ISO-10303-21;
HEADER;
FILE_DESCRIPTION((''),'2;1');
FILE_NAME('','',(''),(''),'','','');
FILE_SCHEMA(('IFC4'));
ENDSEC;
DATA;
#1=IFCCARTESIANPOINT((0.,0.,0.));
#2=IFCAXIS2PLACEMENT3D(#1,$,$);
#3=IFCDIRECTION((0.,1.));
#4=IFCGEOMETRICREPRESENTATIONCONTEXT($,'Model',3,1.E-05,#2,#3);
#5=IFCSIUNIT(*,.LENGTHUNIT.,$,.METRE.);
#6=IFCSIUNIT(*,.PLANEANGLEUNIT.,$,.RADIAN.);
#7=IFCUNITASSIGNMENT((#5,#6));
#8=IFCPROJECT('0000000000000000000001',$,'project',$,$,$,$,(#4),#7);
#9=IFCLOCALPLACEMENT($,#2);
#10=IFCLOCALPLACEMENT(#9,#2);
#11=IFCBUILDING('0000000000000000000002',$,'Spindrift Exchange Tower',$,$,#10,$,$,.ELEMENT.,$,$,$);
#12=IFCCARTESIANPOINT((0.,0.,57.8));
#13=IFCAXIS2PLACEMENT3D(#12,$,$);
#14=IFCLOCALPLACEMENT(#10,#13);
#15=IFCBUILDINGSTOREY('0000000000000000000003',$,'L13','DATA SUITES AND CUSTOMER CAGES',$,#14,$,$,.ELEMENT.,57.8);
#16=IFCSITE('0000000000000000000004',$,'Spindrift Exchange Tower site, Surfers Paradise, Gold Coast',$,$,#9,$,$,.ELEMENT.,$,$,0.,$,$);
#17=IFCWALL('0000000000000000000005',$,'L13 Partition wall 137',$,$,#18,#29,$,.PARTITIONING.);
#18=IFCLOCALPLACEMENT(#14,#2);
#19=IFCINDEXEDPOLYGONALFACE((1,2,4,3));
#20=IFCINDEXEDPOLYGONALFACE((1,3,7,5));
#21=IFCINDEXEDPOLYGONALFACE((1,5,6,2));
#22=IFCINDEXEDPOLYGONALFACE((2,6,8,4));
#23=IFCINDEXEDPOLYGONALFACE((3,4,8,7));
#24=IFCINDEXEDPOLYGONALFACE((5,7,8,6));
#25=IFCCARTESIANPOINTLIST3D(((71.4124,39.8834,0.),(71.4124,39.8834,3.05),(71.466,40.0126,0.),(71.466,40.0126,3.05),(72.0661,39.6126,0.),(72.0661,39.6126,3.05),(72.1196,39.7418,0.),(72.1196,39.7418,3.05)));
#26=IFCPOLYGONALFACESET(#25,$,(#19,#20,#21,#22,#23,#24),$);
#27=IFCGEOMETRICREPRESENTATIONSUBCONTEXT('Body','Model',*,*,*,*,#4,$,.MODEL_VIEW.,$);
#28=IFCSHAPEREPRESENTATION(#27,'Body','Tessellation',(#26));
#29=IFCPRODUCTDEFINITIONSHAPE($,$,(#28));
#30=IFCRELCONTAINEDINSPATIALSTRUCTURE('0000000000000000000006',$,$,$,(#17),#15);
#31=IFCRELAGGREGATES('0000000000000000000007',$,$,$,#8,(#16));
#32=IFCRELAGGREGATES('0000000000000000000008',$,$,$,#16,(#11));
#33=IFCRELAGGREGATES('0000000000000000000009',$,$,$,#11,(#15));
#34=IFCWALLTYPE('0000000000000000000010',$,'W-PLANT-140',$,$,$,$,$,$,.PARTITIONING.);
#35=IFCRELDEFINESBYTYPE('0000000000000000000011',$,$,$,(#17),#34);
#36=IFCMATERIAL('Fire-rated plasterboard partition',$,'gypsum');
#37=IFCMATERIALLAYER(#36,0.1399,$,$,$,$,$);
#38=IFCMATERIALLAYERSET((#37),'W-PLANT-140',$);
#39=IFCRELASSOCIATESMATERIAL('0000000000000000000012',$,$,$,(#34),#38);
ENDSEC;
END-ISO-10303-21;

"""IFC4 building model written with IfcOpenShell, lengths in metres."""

from ifc_helpers import new_model, si_unit, direction, frame, frame_2d, origin, place, context, subcontext, project, spatial, rectangle, extrude, material, layer, layer_set, type_object, element, save


model = new_model("IFC4")

# Units and contexts
model_context = context("Model", 3, precision=1e-05, world=origin(), true_north=direction((0.0, 1.0)))
body_context = subcontext(model_context, "Body", "Model", "MODEL_VIEW")
ifc_project = project(units=[si_unit("LENGTHUNIT", "METRE"), si_unit("PLANEANGLEUNIT", "RADIAN")], contexts=[model_context])

# Site, building, storey
site_placement = place(None, origin())
site = spatial("IfcSite", under=ifc_project, at=site_placement, Name="Spindrift Exchange Tower site, Surfers Paradise, Gold Coast", CompositionType="ELEMENT", RefElevation=0.0)
building_placement = place(site_placement, origin())
building = spatial("IfcBuilding", under=site, at=building_placement, Name="Spindrift Exchange Tower", CompositionType="ELEMENT")
storey_placement = place(building_placement, frame((0.0, 0.0, 57.8)))
storey = spatial("IfcBuildingStorey", under=building, at=storey_placement, Name="L13", Description="DATA SUITES AND CUSTOMER CAGES", CompositionType="ELEMENT", Elevation=57.8)

# Shared definitions
ifc_material_1 = material(Name="Fire-rated plasterboard partition", Category="gypsum")

# Wall
ifc_layer_1 = layer(ifc_material_1, 0.1399)
ifc_layer_set_1 = layer_set([ifc_layer_1], Name="W-PLANT-140")
wall_type_1 = type_object("IfcWallType", Name="W-PLANT-140", PredefinedType="PARTITIONING", material=ifc_layer_set_1)
wall_1_placement = place(storey_placement, frame((71.4392, 39.948, 0.0), z_axis=(0.0, 0.0, 1.0), x_axis=(0.923861, -0.382728, 0.0)))
element("IfcWall", 1, at=wall_1_placement, inside=storey, type_object=wall_type_1, Name="L13 Partition wall 137", PredefinedType="PARTITIONING", context=body_context, shape_type="SweptSolid", body=[
    extrude(rectangle(XDim=0.7075, YDim=0.1399, at=frame_2d((0.3538, 0.0))), origin(), (0.0, 0.0, 1.0), 3.05),
])

save(model, "model.ifc")
